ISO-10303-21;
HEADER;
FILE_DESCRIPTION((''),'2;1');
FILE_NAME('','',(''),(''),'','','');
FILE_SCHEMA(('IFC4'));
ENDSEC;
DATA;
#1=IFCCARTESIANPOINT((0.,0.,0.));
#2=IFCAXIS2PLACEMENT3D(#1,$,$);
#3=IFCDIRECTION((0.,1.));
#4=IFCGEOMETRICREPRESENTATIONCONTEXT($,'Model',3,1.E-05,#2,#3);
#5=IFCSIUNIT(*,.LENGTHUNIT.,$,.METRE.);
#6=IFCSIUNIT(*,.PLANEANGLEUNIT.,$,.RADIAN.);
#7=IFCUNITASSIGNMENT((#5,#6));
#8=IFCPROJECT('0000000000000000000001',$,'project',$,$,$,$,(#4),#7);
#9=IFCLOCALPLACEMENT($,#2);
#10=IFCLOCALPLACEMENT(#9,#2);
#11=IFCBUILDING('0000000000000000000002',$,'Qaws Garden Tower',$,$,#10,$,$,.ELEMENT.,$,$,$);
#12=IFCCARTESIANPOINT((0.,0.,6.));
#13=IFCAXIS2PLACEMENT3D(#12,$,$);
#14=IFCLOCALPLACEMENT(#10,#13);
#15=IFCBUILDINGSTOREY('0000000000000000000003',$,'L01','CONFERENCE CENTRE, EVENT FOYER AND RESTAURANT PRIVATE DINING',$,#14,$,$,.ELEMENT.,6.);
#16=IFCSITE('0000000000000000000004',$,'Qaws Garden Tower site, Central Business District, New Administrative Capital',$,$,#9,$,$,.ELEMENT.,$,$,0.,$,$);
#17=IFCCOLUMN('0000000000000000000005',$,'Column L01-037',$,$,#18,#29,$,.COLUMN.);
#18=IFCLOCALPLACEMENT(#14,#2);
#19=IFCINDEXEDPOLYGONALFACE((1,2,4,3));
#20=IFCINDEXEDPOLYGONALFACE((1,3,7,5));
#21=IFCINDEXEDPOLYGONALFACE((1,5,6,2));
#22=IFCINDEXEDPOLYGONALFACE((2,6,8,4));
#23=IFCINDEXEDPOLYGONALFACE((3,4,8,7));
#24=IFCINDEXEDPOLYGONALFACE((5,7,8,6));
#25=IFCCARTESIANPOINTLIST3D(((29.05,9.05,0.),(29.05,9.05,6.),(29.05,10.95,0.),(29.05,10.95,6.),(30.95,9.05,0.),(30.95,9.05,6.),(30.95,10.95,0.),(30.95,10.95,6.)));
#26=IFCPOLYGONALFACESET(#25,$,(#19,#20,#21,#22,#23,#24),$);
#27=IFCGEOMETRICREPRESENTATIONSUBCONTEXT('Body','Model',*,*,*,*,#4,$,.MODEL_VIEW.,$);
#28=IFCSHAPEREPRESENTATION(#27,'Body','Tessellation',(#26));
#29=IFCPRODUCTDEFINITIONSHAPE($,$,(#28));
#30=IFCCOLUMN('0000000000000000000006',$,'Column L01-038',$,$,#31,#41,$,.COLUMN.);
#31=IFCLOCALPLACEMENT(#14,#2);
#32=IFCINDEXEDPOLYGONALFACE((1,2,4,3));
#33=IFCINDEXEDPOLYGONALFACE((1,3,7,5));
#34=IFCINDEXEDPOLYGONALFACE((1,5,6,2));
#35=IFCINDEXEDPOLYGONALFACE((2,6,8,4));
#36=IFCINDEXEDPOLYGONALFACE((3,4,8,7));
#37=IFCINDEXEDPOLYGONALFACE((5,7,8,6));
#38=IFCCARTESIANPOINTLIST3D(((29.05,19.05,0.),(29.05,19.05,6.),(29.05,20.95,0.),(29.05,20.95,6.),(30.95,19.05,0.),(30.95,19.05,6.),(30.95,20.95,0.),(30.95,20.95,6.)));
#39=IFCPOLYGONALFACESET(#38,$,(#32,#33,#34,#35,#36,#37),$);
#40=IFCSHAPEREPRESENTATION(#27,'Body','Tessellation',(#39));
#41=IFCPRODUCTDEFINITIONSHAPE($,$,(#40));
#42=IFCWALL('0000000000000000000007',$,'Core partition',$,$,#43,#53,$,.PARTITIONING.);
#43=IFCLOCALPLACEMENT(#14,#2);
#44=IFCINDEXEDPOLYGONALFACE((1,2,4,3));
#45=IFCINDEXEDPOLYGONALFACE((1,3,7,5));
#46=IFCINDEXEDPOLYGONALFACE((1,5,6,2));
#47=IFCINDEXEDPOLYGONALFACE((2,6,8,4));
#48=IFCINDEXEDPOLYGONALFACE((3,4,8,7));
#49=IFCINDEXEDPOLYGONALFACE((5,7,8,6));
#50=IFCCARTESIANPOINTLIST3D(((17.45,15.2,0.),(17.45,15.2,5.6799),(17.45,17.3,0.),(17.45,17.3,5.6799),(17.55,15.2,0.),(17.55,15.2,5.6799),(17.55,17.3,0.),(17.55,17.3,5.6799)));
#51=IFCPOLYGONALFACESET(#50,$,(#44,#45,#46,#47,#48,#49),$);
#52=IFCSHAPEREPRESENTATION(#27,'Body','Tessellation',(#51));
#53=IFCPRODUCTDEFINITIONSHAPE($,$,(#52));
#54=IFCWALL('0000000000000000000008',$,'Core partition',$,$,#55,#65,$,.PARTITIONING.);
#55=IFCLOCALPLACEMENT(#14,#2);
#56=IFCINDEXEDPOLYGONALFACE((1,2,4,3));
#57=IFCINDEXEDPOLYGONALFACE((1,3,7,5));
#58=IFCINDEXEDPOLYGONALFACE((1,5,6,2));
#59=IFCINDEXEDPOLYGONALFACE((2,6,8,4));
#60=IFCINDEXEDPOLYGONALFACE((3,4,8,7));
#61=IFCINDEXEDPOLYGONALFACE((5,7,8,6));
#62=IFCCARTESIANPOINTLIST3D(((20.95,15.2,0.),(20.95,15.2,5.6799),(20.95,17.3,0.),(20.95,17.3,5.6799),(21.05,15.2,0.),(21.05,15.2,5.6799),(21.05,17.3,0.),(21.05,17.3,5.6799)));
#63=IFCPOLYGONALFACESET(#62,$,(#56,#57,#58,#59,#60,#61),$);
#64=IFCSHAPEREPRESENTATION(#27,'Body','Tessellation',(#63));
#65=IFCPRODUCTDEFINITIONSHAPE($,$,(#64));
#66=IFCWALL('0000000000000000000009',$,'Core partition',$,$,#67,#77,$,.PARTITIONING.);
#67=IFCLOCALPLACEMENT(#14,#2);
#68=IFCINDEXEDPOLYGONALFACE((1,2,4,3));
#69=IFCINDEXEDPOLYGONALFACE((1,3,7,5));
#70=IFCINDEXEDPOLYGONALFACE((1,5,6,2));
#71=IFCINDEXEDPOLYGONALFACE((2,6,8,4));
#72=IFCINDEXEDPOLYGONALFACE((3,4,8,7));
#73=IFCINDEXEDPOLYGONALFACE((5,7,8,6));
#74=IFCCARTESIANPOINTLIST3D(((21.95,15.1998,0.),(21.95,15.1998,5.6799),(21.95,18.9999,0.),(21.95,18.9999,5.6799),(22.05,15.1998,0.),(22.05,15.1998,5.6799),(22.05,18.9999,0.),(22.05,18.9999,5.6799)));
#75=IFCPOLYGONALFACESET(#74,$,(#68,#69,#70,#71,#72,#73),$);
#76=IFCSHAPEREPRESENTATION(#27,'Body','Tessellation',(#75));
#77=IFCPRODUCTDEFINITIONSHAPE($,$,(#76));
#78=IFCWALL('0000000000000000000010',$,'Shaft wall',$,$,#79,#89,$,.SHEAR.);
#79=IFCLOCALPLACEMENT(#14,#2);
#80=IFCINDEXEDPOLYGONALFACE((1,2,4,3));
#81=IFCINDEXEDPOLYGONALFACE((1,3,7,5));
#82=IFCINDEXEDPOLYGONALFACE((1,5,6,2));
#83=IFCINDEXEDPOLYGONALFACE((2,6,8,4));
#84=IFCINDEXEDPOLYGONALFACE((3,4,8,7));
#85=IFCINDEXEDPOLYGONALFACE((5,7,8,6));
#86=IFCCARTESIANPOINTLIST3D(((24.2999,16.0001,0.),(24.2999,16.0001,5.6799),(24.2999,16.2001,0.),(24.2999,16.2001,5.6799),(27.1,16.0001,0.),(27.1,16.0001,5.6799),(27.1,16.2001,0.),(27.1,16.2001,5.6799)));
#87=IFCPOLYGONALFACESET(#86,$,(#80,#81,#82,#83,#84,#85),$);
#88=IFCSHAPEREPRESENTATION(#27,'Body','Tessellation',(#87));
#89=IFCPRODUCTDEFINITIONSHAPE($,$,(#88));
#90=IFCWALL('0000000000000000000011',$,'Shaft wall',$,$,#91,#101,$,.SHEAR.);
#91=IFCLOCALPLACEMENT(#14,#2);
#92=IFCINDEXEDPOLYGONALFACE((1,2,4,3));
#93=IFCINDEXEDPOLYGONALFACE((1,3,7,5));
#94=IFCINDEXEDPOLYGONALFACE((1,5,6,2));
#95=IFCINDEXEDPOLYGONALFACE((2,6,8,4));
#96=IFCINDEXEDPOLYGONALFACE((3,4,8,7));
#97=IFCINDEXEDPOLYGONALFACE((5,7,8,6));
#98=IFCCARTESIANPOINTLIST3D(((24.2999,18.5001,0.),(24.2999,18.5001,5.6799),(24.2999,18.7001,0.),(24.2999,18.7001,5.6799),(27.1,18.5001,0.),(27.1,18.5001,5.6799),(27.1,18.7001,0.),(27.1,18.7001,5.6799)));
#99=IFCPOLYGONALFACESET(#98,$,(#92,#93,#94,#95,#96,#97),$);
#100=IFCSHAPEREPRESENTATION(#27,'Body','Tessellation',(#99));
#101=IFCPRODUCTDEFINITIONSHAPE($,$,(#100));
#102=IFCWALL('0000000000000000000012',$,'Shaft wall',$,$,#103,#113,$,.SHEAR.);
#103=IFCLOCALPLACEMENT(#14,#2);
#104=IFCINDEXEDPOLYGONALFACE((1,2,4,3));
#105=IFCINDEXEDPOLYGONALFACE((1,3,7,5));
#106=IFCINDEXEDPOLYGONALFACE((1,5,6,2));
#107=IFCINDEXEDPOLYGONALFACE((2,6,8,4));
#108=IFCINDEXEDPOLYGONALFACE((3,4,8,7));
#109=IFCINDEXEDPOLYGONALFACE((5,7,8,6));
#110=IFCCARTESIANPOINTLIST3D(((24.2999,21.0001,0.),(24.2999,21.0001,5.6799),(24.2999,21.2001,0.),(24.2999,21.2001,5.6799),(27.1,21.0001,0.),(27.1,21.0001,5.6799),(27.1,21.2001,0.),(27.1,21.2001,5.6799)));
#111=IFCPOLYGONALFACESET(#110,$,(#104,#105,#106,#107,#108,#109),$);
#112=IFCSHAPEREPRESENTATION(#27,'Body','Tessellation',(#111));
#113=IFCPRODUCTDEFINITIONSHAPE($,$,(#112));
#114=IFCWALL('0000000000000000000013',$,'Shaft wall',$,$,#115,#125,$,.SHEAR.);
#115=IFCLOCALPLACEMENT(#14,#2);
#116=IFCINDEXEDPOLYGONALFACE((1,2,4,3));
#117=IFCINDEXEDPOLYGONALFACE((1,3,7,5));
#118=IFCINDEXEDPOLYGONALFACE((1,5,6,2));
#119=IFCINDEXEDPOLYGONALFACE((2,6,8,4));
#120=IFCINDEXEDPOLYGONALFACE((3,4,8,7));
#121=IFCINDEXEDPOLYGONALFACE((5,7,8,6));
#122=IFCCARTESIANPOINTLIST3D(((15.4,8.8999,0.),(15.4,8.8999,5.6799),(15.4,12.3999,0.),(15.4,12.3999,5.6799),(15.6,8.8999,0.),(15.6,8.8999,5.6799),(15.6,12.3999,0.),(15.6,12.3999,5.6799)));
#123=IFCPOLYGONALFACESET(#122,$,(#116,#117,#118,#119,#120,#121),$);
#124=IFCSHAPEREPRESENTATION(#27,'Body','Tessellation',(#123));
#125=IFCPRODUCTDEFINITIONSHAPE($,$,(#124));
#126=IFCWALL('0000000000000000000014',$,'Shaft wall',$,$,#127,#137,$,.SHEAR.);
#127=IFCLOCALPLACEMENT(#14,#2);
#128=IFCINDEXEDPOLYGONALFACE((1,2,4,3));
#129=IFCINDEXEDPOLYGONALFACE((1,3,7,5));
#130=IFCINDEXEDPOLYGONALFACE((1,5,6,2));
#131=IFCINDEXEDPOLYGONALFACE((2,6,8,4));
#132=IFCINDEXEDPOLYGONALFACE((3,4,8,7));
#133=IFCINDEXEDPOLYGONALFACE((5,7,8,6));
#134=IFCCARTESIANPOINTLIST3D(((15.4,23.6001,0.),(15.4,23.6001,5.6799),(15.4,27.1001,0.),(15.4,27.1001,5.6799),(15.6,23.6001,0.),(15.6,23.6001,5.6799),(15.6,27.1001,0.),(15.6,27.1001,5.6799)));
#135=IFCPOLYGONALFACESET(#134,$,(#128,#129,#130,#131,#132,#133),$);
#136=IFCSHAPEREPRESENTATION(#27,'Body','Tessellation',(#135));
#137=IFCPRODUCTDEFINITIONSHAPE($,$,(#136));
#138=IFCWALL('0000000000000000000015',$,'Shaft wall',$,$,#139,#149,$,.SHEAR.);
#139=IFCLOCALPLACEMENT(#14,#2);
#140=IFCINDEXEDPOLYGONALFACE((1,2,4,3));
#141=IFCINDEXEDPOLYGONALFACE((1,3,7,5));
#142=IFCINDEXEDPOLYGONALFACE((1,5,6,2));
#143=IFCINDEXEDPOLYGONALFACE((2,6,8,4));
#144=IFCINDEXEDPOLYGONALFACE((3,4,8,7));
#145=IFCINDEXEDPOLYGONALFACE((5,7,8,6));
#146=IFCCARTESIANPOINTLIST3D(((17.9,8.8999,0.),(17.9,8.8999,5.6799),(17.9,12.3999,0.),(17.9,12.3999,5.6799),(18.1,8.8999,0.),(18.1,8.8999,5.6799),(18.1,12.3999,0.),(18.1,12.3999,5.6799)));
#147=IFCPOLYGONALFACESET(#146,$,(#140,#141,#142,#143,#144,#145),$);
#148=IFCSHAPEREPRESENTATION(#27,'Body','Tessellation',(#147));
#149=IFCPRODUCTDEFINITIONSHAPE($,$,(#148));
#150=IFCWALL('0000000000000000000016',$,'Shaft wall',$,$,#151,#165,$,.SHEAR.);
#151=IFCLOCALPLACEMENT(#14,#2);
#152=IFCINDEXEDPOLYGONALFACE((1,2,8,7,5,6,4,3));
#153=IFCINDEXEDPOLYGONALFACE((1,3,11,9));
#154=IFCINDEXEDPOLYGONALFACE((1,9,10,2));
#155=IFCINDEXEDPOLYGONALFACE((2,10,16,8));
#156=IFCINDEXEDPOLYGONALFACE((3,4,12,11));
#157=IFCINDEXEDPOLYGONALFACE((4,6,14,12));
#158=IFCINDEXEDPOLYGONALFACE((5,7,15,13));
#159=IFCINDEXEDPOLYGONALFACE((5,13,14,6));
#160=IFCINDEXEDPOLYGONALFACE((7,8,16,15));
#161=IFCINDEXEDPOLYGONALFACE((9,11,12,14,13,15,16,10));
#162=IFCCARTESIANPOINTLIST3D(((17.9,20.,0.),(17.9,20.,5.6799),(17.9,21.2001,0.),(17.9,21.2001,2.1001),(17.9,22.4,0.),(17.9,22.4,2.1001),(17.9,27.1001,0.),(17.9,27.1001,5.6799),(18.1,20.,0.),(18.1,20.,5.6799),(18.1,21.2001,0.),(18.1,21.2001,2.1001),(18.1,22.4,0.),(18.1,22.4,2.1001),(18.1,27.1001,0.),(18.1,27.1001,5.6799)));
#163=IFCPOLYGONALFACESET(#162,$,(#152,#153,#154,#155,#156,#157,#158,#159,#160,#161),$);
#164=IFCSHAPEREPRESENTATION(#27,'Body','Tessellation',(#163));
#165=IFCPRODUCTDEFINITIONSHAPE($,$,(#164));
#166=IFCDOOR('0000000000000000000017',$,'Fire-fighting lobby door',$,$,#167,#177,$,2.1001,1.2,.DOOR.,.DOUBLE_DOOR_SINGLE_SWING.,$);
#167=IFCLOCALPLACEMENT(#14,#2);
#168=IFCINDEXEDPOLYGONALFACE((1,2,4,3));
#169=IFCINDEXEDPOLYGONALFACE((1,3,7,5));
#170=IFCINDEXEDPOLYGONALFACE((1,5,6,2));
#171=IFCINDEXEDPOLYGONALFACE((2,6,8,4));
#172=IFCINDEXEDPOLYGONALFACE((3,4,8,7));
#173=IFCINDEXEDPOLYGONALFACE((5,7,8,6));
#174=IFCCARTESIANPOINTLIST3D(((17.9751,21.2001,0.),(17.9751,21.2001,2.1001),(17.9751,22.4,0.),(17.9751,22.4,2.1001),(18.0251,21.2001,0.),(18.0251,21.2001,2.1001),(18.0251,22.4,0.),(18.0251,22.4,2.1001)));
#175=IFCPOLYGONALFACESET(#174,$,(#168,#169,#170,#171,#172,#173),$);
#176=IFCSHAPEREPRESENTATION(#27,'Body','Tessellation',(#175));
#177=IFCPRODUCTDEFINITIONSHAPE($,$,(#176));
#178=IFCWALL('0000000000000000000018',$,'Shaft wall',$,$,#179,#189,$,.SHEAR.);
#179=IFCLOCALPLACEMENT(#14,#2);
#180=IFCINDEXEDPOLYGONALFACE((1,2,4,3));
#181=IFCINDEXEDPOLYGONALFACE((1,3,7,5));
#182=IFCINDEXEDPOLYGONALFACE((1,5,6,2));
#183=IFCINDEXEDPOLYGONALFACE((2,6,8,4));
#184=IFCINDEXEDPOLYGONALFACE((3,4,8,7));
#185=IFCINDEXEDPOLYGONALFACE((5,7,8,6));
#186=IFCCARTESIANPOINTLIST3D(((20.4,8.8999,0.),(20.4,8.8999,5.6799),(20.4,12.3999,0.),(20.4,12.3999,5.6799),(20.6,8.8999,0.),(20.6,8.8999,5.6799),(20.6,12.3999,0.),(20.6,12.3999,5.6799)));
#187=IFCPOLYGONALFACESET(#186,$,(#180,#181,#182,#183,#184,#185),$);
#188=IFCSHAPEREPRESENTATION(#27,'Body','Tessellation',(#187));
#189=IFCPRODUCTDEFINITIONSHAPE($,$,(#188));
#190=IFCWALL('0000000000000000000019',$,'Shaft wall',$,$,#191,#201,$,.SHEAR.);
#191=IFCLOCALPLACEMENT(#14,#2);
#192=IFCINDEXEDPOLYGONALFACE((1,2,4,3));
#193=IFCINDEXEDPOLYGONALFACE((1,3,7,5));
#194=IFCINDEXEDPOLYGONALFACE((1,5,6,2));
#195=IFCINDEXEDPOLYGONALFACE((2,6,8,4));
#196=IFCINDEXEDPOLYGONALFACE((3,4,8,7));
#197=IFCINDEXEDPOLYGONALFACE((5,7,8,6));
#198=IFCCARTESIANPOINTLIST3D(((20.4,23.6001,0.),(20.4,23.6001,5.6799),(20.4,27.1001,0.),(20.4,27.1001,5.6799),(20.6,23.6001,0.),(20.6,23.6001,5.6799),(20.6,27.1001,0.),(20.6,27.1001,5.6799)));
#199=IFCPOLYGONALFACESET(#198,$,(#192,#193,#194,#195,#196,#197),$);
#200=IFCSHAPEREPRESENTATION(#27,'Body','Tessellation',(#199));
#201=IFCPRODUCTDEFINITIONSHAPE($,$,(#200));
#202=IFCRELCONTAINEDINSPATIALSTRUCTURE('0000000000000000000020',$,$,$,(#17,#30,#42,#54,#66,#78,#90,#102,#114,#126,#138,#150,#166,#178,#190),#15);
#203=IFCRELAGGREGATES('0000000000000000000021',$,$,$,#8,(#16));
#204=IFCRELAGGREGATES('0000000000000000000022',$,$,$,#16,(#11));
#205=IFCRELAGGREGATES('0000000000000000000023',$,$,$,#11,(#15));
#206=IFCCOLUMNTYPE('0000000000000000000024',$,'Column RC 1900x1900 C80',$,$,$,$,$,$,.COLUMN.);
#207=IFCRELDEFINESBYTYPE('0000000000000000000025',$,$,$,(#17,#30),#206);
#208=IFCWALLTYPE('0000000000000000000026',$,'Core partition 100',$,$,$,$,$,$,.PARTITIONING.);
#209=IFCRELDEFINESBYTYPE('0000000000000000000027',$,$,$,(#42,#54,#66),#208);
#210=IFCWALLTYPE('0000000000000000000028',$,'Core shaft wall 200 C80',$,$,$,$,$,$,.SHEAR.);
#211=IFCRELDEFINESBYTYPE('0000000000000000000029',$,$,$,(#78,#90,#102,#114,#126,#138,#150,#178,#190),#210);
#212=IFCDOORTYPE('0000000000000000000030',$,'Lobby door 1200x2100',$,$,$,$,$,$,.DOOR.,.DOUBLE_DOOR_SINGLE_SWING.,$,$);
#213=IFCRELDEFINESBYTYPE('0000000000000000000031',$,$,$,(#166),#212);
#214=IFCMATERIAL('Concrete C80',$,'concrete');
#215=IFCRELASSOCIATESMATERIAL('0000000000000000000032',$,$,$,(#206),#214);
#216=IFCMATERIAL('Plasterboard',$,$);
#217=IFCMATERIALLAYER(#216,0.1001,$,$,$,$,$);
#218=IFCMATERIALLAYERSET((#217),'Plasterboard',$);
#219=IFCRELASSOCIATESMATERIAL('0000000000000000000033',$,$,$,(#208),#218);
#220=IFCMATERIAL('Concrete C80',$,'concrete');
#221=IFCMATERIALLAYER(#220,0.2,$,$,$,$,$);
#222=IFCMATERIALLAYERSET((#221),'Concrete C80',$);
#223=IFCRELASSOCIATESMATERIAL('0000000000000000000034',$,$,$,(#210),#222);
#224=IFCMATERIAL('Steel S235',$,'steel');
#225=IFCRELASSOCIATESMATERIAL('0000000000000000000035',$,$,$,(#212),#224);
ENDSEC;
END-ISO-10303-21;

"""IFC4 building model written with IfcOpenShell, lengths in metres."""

from ifc_helpers import new_model, si_unit, direction, frame, frame_2d, origin, origin_2d, place, context, subcontext, project, spatial, rectangle, extrude, material, layer, layer_set, material_profile, profile_set, type_object, element, fill, save


model = new_model("IFC4")

# Units and contexts
model_context = context("Model", 3, precision=1e-05, world=origin(), true_north=direction((0.0, 1.0)))
body_context = subcontext(model_context, "Body", "Model", "MODEL_VIEW")
ifc_project = project(units=[si_unit("LENGTHUNIT", "METRE"), si_unit("PLANEANGLEUNIT", "RADIAN")], contexts=[model_context])

# Site, building, storey
site_placement = place(None, origin())
site = spatial("IfcSite", under=ifc_project, at=site_placement, Name="Qaws Garden Tower site, Central Business District, New Administrative Capital", CompositionType="ELEMENT", RefElevation=0.0)
building_placement = place(site_placement, origin())
building = spatial("IfcBuilding", under=site, at=building_placement, Name="Qaws Garden Tower", CompositionType="ELEMENT")
storey_placement = place(building_placement, frame((0.0, 0.0, 6.0)))
storey = spatial("IfcBuildingStorey", under=building, at=storey_placement, Name="L01", Description="CONFERENCE CENTRE, EVENT FOYER AND RESTAURANT PRIVATE DINING", CompositionType="ELEMENT", Elevation=6.0)

# Columns
ifc_material_1 = material(Name="Concrete C80", Category="concrete")
ifc_material_profile = material_profile(ifc_material_1, rectangle(XDim=1.8999, YDim=1.8999, at=origin_2d()), Name="RC 1900x1900")
ifc_profile_set = profile_set([ifc_material_profile], Name="Concrete C80")
column_type = type_object("IfcColumnType", Name="Column RC 1900x1900 C80", PredefinedType="COLUMN", material=ifc_profile_set)
for number, where, z_axis, x_axis, name in (
    (1, (30.0, 10.0, 0.0), (0.0, 0.0, 1.0), (1.0, 0.0, 0.0), "Column L01-037"),
    (2, (30.0, 20.0, 0.0), (0.0, 0.0, 1.0), (1.0, 0.0, 0.0), "Column L01-038"),
):
    element("IfcColumn", number, at=place(storey_placement, frame(where, z_axis=z_axis, x_axis=x_axis)), inside=storey, type_object=column_type, Name=name, PredefinedType="COLUMN", context=body_context, shape_type="SweptSolid", body=[
        extrude(rectangle(XDim=1.8999, YDim=1.8999, at=origin_2d()), origin(), (0.0, 0.0, 1.0), 6.0),
    ])

# Walls
ifc_material_2 = material(Name="Plasterboard")
ifc_layer_1 = layer(ifc_material_2, 0.1001)
ifc_layer_set_1 = layer_set([ifc_layer_1], Name="Plasterboard")
wall_type_1 = type_object("IfcWallType", Name="Core partition 100", PredefinedType="PARTITIONING", material=ifc_layer_set_1)
for number, where, z_axis, x_axis, name in (
    (3, (17.5, 15.2, 0.0), (0.0, 0.0, 1.0), (0.0, 1.0, 0.0), "Core partition"),
    (4, (21.0, 15.2, 0.0), (0.0, 0.0, 1.0), (0.0, 1.0, 0.0), "Core partition"),
):
    element("IfcWall", number, at=place(storey_placement, frame(where, z_axis=z_axis, x_axis=x_axis)), inside=storey, type_object=wall_type_1, Name=name, PredefinedType="PARTITIONING", context=body_context, shape_type="SweptSolid", body=[
        extrude(rectangle(XDim=2.1001, YDim=0.1001, at=frame_2d((1.05, 0.0))), origin(), (0.0, 0.0, 1.0), 5.6799),
    ])
wall_1_placement = place(storey_placement, frame((22.0, 15.2, 0.0), z_axis=(0.0, 0.0, 1.0), x_axis=(0.0, 1.0, 0.0)))
element("IfcWall", 5, at=wall_1_placement, inside=storey, type_object=wall_type_1, Name="Core partition", PredefinedType="PARTITIONING", context=body_context, shape_type="SweptSolid", body=[
    extrude(rectangle(XDim=3.8, YDim=0.1001, at=frame_2d((1.8999, 0.0))), origin(), (0.0, 0.0, 1.0), 5.6799),
])
ifc_material_3 = material(Name="Concrete C80", Category="concrete")
ifc_layer_2 = layer(ifc_material_3, 0.2)
ifc_layer_set_2 = layer_set([ifc_layer_2], Name="Concrete C80")
wall_type_2 = type_object("IfcWallType", Name="Core shaft wall 200 C80", PredefinedType="SHEAR", material=ifc_layer_set_2)
for number, where, z_axis, x_axis, name in (
    (6, (24.3, 16.1001, 0.0), (0.0, 0.0, 1.0), (1.0, 0.0, 0.0), "Shaft wall"),
    (7, (24.3, 18.6001, 0.0), (0.0, 0.0, 1.0), (1.0, 0.0, 0.0), "Shaft wall"),
    (8, (24.3, 21.1001, 0.0), (0.0, 0.0, 1.0), (1.0, 0.0, 0.0), "Shaft wall"),
):
    element("IfcWall", number, at=place(storey_placement, frame(where, z_axis=z_axis, x_axis=x_axis)), inside=storey, type_object=wall_type_2, Name=name, PredefinedType="SHEAR", context=body_context, shape_type="SweptSolid", body=[
        extrude(rectangle(XDim=2.8, YDim=0.2, at=frame_2d((1.3999, 0.0))), origin(), (0.0, 0.0, 1.0), 5.6799),
    ])
for number, where, z_axis, x_axis, name in (
    (9, (15.5, 8.8999, 0.0), (0.0, 0.0, 1.0), (0.0, 1.0, 0.0), "Shaft wall"),
    (10, (15.5, 23.6001, 0.0), (0.0, 0.0, 1.0), (0.0, 1.0, 0.0), "Shaft wall"),
    (11, (18.0, 8.8999, 0.0), (0.0, 0.0, 1.0), (0.0, 1.0, 0.0), "Shaft wall"),
):
    element("IfcWall", number, at=place(storey_placement, frame(where, z_axis=z_axis, x_axis=x_axis)), inside=storey, type_object=wall_type_2, Name=name, PredefinedType="SHEAR", context=body_context, shape_type="SweptSolid", body=[
        extrude(rectangle(XDim=3.5, YDim=0.2, at=frame_2d((1.75, 0.0))), origin(), (0.0, 0.0, 1.0), 5.6799),
    ])

# Wall, opening, door
wall_2_placement = place(storey_placement, frame((18.0, 20.0, 0.0), z_axis=(0.0, 0.0, 1.0), x_axis=(0.0, 1.0, 0.0)))
wall_2 = element("IfcWall", 12, at=wall_2_placement, inside=storey, type_object=wall_type_2, Name="Shaft wall", PredefinedType="SHEAR", context=body_context, shape_type="SweptSolid", body=[
    extrude(rectangle(XDim=7.1001, YDim=0.2, at=frame_2d((3.55, 0.0))), origin(), (0.0, 0.0, 1.0), 5.6799),
])
opening_1_placement = place(wall_2_placement, frame((1.2, 0.0, 0.0)))
opening_1 = element("IfcOpeningElement", 13, at=opening_1_placement, cuts=wall_2, PredefinedType="OPENING", context=body_context, shape_type="SweptSolid", body=[
    extrude(rectangle(XDim=1.2, YDim=2.1001, at=frame_2d((0.6001, 1.05))), frame((0.0, 0.1099, 0.0), z_axis=(0.0, -1.0, 0.0), x_axis=(1.0, 0.0, 0.0)), (0.0, 0.0, 1.0), 0.22),
])
ifc_material_4 = material(Name="Steel S235", Category="steel")
door_type_1 = type_object("IfcDoorType", Name="Lobby door 1200x2100", OperationType="DOUBLE_DOOR_SINGLE_SWING", PredefinedType="DOOR", material=ifc_material_4)
door_1_placement = place(opening_1_placement, origin())
door_1 = element("IfcDoor", 14, at=door_1_placement, inside=storey, type_object=door_type_1, Name="Fire-fighting lobby door", OperationType="DOUBLE_DOOR_SINGLE_SWING", OverallHeight=2.1001, OverallWidth=1.2, PredefinedType="DOOR", context=body_context, shape_type="SweptSolid", body=[
    extrude(rectangle(XDim=1.2, YDim=2.1001, at=frame_2d((0.6001, 1.05))), frame((0.0, 0.0249, 0.0), z_axis=(0.0, -1.0, 0.0), x_axis=(1.0, 0.0, 0.0)), (0.0, 0.0, 1.0), 0.05),
])
fill(opening_1, door_1)

# Walls
for number, where, z_axis, x_axis, name in (
    (15, (20.5, 8.8999, 0.0), (0.0, 0.0, 1.0), (0.0, 1.0, 0.0), "Shaft wall"),
    (16, (20.5, 23.6001, 0.0), (0.0, 0.0, 1.0), (0.0, 1.0, 0.0), "Shaft wall"),
):
    element("IfcWall", number, at=place(storey_placement, frame(where, z_axis=z_axis, x_axis=x_axis)), inside=storey, type_object=wall_type_2, Name=name, PredefinedType="SHEAR", context=body_context, shape_type="SweptSolid", body=[
        extrude(rectangle(XDim=3.5, YDim=0.2, at=frame_2d((1.75, 0.0))), origin(), (0.0, 0.0, 1.0), 5.6799),
    ])

save(model, "model.ifc")
